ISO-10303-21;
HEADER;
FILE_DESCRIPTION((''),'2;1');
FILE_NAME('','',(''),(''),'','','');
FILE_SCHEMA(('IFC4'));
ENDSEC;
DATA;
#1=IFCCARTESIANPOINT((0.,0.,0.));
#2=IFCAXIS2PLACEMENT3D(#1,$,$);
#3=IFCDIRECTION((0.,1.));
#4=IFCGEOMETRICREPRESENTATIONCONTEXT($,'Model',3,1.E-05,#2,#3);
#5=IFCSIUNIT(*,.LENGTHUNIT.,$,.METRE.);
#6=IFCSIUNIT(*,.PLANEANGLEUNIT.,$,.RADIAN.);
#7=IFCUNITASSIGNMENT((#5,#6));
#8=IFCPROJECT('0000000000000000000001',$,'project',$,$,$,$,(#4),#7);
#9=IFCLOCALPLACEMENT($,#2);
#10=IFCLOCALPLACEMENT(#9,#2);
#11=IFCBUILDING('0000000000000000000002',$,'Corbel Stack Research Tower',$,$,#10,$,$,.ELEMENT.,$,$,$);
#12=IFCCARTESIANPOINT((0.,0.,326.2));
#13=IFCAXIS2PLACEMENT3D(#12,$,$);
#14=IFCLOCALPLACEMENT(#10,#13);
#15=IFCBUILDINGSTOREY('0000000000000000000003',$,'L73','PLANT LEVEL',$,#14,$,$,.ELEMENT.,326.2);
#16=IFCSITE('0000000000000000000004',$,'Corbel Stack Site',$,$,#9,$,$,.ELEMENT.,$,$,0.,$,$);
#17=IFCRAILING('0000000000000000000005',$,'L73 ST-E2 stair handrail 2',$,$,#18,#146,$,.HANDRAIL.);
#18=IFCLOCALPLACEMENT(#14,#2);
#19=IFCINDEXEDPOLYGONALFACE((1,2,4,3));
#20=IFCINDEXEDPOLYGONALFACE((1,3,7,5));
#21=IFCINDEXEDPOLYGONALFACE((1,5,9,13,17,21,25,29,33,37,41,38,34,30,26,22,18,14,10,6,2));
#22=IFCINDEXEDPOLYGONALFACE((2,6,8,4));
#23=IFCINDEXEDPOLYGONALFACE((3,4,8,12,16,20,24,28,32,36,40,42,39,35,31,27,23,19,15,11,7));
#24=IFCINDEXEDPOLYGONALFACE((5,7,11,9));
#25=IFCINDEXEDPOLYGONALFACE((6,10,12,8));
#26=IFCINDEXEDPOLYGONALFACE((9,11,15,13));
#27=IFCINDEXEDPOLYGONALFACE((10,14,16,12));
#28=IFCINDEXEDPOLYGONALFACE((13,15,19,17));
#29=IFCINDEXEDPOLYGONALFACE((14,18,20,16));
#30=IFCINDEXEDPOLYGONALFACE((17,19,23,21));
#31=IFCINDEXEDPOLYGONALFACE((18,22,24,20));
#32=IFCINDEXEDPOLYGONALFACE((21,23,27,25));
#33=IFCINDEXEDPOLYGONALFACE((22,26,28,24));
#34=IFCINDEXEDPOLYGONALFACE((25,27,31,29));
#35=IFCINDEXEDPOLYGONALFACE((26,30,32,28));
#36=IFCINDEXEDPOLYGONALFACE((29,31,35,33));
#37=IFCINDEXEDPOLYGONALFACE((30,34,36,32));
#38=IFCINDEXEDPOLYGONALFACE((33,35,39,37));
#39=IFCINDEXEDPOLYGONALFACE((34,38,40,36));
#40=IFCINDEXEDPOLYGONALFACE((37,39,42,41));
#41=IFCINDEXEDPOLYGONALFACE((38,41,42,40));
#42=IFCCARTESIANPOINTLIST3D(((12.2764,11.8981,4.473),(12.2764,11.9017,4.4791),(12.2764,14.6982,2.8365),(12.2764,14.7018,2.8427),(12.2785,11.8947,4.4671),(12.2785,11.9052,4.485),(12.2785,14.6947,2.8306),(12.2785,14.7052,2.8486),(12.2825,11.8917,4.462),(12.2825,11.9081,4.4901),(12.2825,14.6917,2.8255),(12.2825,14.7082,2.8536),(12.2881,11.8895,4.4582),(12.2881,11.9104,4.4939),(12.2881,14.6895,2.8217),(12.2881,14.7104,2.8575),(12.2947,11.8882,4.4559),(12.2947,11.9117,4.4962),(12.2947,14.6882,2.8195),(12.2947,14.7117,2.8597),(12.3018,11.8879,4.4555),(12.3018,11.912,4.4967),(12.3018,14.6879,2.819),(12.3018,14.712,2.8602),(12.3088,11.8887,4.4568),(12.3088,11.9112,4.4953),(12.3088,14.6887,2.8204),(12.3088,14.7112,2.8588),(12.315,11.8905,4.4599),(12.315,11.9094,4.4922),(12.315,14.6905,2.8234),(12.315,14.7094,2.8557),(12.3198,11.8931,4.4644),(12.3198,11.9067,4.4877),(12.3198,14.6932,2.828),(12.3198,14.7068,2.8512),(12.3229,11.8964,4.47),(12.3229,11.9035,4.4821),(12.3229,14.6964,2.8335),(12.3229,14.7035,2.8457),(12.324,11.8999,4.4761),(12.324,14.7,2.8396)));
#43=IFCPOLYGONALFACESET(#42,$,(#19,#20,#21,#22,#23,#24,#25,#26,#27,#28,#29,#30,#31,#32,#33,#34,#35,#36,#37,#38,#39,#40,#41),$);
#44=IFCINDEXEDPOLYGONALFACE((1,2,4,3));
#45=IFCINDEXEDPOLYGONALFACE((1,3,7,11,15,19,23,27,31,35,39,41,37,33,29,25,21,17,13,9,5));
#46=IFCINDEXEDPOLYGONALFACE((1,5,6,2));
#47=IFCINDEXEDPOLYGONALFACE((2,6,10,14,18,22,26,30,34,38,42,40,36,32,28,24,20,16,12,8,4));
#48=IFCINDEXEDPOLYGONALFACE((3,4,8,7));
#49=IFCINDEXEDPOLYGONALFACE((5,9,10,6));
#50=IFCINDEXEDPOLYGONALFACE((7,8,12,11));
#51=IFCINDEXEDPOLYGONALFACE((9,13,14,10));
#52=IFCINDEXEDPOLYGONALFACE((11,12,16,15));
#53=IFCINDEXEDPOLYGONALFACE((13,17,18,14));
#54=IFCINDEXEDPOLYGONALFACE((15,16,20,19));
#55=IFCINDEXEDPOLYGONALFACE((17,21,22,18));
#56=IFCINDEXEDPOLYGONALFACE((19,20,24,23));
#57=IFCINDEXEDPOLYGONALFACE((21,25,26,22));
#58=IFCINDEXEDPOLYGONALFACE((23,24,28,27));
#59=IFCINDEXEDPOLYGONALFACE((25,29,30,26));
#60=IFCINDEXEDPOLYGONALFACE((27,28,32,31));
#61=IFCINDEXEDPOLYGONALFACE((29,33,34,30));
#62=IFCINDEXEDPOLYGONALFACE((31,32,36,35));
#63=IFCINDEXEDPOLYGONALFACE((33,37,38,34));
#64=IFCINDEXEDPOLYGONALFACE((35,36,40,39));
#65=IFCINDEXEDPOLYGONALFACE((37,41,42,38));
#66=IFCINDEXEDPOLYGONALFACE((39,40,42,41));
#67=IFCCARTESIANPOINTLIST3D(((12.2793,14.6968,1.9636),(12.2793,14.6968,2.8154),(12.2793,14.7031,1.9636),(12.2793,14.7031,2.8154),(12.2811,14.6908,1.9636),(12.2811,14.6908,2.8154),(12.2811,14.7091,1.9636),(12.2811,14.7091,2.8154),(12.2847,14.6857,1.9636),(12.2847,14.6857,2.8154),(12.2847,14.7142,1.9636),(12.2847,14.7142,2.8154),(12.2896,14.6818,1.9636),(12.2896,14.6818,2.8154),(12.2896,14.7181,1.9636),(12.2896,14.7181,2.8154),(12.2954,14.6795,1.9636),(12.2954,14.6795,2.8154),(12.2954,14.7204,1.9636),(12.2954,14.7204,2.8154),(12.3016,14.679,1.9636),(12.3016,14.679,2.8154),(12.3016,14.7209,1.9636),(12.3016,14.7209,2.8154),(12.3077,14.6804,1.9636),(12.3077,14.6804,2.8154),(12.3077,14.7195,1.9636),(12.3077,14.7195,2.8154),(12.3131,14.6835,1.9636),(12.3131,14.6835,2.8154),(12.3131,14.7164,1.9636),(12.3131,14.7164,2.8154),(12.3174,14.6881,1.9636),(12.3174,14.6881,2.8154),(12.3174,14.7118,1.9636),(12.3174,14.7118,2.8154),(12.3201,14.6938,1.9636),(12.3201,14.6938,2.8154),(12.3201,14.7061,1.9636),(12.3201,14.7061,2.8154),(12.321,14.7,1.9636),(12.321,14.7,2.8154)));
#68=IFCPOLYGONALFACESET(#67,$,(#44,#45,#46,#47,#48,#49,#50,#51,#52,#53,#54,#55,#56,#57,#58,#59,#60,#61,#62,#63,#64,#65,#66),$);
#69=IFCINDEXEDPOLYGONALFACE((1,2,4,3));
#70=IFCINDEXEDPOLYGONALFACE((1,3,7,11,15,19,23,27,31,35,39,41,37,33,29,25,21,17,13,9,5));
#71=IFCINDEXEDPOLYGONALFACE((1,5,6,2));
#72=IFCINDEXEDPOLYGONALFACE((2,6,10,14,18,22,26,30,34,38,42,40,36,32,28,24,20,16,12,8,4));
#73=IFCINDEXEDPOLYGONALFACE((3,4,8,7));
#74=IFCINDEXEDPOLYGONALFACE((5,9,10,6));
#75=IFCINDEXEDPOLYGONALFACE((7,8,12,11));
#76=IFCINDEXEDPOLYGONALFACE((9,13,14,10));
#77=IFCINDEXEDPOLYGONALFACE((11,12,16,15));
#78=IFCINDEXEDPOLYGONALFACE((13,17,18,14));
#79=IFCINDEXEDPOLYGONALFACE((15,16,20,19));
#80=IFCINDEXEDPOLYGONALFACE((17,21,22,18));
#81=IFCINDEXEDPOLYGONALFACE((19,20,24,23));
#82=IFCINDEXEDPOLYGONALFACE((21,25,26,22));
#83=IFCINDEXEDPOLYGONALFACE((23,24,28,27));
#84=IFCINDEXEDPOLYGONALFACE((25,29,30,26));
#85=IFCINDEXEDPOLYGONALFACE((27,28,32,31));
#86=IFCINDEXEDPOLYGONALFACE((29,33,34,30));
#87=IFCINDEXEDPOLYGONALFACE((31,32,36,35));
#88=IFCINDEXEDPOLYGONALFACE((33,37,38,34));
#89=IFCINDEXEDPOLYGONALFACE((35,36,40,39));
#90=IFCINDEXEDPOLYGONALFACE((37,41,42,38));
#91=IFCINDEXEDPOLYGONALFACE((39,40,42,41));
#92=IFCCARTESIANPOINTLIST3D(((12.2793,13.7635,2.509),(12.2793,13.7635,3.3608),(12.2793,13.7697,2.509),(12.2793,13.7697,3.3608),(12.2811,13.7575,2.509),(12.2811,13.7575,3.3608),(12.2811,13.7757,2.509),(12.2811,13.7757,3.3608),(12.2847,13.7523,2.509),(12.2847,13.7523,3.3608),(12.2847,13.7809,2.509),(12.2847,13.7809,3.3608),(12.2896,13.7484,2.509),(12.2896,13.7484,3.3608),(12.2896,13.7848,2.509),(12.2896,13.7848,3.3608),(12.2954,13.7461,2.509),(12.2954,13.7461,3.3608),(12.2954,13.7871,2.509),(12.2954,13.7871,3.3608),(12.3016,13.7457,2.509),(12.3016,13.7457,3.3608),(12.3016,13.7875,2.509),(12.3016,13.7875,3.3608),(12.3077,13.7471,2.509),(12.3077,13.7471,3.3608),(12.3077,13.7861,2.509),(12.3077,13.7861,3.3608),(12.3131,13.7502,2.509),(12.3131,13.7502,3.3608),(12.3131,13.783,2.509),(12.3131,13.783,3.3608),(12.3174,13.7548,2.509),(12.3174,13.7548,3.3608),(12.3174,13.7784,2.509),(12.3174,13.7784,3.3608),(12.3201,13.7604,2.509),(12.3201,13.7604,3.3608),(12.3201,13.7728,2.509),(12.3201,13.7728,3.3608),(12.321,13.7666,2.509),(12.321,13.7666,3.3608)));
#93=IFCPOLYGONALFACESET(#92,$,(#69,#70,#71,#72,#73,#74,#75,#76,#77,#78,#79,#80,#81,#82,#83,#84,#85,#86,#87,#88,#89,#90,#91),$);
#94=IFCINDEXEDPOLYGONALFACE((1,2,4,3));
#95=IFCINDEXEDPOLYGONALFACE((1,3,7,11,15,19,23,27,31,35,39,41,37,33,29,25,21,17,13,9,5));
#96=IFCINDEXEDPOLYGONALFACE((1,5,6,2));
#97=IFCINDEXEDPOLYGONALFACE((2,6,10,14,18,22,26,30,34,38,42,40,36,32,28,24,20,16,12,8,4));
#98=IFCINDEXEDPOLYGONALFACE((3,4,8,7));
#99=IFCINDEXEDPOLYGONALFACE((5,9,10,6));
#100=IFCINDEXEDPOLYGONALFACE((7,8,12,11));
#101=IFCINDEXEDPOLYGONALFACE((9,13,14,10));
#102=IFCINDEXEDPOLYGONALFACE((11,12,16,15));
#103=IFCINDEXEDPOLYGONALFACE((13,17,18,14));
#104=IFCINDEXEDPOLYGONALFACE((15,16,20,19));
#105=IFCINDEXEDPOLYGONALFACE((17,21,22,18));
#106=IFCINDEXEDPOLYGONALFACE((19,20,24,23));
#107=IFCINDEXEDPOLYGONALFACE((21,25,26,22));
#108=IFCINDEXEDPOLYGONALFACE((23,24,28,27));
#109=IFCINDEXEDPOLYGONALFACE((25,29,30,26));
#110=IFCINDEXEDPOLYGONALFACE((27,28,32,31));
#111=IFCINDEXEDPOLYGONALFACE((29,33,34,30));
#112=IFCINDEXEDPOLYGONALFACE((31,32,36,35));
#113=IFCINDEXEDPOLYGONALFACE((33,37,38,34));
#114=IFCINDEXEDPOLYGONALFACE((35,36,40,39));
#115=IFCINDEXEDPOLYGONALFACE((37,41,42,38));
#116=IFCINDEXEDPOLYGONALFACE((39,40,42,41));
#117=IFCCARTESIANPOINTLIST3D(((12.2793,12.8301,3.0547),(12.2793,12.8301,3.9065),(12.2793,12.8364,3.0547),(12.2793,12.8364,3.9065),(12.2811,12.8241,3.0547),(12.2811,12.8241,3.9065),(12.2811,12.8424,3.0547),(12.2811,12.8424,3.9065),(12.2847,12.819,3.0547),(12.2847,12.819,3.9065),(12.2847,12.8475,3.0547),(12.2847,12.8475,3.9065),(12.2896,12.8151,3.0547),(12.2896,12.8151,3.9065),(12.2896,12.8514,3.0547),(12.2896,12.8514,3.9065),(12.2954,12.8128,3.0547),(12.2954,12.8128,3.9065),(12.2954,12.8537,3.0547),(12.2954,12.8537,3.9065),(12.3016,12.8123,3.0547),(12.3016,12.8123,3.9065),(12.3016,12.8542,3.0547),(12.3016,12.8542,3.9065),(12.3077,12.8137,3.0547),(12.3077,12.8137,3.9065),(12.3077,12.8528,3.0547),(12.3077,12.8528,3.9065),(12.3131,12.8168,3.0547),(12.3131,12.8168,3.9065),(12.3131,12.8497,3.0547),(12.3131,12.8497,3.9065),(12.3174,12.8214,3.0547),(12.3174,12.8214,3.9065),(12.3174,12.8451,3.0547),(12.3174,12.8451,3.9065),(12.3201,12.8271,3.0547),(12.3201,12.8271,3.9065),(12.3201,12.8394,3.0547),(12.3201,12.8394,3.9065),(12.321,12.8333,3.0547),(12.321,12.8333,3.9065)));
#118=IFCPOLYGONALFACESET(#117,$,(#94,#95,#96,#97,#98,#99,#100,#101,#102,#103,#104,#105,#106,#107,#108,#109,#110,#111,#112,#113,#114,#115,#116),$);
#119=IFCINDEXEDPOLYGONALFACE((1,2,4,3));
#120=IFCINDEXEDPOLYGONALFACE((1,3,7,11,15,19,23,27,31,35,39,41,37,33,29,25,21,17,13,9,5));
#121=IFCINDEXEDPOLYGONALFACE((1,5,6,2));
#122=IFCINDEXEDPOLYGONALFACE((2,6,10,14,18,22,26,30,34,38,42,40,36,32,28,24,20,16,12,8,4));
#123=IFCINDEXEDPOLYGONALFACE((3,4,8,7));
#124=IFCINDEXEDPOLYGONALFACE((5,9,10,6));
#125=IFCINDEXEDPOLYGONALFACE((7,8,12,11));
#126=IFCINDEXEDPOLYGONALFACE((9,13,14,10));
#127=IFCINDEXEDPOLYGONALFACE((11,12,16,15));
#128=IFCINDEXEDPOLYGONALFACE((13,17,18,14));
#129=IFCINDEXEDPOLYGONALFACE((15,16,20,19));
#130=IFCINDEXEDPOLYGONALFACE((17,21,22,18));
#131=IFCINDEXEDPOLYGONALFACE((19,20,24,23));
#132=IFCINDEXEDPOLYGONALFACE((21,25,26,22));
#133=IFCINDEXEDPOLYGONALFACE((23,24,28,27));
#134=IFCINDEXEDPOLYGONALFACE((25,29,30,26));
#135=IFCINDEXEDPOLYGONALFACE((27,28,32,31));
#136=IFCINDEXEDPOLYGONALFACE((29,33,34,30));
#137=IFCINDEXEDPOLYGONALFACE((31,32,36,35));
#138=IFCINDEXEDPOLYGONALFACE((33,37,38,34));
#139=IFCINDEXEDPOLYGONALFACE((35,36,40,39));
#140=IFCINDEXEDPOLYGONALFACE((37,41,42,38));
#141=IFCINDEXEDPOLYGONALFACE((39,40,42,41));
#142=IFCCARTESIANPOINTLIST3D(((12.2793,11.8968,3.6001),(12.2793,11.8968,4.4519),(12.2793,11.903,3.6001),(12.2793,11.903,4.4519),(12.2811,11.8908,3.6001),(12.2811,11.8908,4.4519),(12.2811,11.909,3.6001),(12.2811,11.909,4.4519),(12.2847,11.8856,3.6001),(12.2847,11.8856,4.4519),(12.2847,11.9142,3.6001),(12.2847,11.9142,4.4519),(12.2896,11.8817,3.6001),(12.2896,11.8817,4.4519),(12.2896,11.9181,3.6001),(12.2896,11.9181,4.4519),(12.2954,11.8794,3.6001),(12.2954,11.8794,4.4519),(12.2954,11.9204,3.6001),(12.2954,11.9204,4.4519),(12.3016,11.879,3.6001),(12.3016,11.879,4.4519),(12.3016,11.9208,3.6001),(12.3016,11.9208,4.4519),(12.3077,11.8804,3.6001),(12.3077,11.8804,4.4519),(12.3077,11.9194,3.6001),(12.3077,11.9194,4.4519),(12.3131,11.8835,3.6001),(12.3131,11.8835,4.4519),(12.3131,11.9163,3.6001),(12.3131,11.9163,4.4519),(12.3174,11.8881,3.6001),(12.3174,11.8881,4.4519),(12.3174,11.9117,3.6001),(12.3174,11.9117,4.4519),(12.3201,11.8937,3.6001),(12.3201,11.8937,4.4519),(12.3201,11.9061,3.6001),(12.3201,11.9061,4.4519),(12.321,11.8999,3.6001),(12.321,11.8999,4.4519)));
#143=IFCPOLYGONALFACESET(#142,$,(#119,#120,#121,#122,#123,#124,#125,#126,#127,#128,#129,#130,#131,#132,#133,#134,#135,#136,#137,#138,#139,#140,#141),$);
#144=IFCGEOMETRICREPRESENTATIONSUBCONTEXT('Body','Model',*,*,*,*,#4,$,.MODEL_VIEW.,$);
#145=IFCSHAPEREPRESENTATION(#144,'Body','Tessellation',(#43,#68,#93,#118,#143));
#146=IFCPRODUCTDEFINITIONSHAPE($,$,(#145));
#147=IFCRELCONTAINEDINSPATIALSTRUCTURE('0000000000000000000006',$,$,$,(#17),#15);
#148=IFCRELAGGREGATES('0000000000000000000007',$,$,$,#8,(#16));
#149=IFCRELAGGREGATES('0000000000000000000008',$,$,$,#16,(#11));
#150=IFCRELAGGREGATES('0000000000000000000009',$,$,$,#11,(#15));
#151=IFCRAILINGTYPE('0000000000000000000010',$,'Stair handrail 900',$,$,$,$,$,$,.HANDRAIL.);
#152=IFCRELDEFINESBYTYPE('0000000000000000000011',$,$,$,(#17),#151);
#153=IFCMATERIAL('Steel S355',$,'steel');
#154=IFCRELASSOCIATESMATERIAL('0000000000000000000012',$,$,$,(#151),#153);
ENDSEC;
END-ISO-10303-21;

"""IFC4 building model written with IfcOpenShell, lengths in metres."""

from ifc_helpers import new_model, si_unit, direction, frame, origin, origin_2d, place, context, subcontext, project, spatial, circle, extrude, material, type_object, element, save


model = new_model("IFC4")

# Units and contexts
model_context = context("Model", 3, precision=1e-05, world=origin(), true_north=direction((0.0, 1.0)))
body_context = subcontext(model_context, "Body", "Model", "MODEL_VIEW")
ifc_project = project(units=[si_unit("LENGTHUNIT", "METRE"), si_unit("PLANEANGLEUNIT", "RADIAN")], contexts=[model_context])

# Site, building, storey
site_placement = place(None, origin())
site = spatial("IfcSite", under=ifc_project, at=site_placement, Name="Corbel Stack Site", CompositionType="ELEMENT", RefElevation=0.0)
building_placement = place(site_placement, origin())
building = spatial("IfcBuilding", under=site, at=building_placement, Name="Corbel Stack Research Tower", CompositionType="ELEMENT")
storey_placement = place(building_placement, frame((0.0, 0.0, 326.2)))
storey = spatial("IfcBuildingStorey", under=building, at=storey_placement, Name="L73", Description="PLANT LEVEL", CompositionType="ELEMENT", Elevation=326.2)

# Railing
ifc_material_1 = material(Name="Steel S355", Category="steel")
railing_type_1 = type_object("IfcRailingType", Name="Stair handrail 900", PredefinedType="HANDRAIL", material=ifc_material_1)
railing_1_placement = place(storey_placement, frame((12.3, 14.7, 1.9636)))
element("IfcRailing", 1, at=railing_1_placement, inside=storey, type_object=railing_type_1, Name="L73 ST-E2 stair handrail 2", PredefinedType="HANDRAIL", context=body_context, shape_type="SweptSolid", body=[
    extrude(circle(Radius=0.0239, at=origin_2d()), frame((0.0, 0.0, 0.876), z_axis=(0.0, -0.863361, 0.504587), x_axis=(1.0, 0.0, 0.0)), (0.0, 0.0, 1.0), 3.2432),
    extrude(circle(Radius=0.021, at=origin_2d()), origin(), (0.0, 0.0, 1.0), 0.8518),
    extrude(circle(Radius=0.021, at=origin_2d()), frame((0.0, -0.9333, 0.5454)), (0.0, 0.0, 1.0), 0.8518),
    extrude(circle(Radius=0.021, at=origin_2d()), frame((0.0, -1.8667, 1.0911)), (0.0, 0.0, 1.0), 0.8518),
    extrude(circle(Radius=0.021, at=origin_2d()), frame((0.0, -2.8, 1.6365)), (0.0, 0.0, 1.0), 0.8518),
])

save(model, "model.ifc")
